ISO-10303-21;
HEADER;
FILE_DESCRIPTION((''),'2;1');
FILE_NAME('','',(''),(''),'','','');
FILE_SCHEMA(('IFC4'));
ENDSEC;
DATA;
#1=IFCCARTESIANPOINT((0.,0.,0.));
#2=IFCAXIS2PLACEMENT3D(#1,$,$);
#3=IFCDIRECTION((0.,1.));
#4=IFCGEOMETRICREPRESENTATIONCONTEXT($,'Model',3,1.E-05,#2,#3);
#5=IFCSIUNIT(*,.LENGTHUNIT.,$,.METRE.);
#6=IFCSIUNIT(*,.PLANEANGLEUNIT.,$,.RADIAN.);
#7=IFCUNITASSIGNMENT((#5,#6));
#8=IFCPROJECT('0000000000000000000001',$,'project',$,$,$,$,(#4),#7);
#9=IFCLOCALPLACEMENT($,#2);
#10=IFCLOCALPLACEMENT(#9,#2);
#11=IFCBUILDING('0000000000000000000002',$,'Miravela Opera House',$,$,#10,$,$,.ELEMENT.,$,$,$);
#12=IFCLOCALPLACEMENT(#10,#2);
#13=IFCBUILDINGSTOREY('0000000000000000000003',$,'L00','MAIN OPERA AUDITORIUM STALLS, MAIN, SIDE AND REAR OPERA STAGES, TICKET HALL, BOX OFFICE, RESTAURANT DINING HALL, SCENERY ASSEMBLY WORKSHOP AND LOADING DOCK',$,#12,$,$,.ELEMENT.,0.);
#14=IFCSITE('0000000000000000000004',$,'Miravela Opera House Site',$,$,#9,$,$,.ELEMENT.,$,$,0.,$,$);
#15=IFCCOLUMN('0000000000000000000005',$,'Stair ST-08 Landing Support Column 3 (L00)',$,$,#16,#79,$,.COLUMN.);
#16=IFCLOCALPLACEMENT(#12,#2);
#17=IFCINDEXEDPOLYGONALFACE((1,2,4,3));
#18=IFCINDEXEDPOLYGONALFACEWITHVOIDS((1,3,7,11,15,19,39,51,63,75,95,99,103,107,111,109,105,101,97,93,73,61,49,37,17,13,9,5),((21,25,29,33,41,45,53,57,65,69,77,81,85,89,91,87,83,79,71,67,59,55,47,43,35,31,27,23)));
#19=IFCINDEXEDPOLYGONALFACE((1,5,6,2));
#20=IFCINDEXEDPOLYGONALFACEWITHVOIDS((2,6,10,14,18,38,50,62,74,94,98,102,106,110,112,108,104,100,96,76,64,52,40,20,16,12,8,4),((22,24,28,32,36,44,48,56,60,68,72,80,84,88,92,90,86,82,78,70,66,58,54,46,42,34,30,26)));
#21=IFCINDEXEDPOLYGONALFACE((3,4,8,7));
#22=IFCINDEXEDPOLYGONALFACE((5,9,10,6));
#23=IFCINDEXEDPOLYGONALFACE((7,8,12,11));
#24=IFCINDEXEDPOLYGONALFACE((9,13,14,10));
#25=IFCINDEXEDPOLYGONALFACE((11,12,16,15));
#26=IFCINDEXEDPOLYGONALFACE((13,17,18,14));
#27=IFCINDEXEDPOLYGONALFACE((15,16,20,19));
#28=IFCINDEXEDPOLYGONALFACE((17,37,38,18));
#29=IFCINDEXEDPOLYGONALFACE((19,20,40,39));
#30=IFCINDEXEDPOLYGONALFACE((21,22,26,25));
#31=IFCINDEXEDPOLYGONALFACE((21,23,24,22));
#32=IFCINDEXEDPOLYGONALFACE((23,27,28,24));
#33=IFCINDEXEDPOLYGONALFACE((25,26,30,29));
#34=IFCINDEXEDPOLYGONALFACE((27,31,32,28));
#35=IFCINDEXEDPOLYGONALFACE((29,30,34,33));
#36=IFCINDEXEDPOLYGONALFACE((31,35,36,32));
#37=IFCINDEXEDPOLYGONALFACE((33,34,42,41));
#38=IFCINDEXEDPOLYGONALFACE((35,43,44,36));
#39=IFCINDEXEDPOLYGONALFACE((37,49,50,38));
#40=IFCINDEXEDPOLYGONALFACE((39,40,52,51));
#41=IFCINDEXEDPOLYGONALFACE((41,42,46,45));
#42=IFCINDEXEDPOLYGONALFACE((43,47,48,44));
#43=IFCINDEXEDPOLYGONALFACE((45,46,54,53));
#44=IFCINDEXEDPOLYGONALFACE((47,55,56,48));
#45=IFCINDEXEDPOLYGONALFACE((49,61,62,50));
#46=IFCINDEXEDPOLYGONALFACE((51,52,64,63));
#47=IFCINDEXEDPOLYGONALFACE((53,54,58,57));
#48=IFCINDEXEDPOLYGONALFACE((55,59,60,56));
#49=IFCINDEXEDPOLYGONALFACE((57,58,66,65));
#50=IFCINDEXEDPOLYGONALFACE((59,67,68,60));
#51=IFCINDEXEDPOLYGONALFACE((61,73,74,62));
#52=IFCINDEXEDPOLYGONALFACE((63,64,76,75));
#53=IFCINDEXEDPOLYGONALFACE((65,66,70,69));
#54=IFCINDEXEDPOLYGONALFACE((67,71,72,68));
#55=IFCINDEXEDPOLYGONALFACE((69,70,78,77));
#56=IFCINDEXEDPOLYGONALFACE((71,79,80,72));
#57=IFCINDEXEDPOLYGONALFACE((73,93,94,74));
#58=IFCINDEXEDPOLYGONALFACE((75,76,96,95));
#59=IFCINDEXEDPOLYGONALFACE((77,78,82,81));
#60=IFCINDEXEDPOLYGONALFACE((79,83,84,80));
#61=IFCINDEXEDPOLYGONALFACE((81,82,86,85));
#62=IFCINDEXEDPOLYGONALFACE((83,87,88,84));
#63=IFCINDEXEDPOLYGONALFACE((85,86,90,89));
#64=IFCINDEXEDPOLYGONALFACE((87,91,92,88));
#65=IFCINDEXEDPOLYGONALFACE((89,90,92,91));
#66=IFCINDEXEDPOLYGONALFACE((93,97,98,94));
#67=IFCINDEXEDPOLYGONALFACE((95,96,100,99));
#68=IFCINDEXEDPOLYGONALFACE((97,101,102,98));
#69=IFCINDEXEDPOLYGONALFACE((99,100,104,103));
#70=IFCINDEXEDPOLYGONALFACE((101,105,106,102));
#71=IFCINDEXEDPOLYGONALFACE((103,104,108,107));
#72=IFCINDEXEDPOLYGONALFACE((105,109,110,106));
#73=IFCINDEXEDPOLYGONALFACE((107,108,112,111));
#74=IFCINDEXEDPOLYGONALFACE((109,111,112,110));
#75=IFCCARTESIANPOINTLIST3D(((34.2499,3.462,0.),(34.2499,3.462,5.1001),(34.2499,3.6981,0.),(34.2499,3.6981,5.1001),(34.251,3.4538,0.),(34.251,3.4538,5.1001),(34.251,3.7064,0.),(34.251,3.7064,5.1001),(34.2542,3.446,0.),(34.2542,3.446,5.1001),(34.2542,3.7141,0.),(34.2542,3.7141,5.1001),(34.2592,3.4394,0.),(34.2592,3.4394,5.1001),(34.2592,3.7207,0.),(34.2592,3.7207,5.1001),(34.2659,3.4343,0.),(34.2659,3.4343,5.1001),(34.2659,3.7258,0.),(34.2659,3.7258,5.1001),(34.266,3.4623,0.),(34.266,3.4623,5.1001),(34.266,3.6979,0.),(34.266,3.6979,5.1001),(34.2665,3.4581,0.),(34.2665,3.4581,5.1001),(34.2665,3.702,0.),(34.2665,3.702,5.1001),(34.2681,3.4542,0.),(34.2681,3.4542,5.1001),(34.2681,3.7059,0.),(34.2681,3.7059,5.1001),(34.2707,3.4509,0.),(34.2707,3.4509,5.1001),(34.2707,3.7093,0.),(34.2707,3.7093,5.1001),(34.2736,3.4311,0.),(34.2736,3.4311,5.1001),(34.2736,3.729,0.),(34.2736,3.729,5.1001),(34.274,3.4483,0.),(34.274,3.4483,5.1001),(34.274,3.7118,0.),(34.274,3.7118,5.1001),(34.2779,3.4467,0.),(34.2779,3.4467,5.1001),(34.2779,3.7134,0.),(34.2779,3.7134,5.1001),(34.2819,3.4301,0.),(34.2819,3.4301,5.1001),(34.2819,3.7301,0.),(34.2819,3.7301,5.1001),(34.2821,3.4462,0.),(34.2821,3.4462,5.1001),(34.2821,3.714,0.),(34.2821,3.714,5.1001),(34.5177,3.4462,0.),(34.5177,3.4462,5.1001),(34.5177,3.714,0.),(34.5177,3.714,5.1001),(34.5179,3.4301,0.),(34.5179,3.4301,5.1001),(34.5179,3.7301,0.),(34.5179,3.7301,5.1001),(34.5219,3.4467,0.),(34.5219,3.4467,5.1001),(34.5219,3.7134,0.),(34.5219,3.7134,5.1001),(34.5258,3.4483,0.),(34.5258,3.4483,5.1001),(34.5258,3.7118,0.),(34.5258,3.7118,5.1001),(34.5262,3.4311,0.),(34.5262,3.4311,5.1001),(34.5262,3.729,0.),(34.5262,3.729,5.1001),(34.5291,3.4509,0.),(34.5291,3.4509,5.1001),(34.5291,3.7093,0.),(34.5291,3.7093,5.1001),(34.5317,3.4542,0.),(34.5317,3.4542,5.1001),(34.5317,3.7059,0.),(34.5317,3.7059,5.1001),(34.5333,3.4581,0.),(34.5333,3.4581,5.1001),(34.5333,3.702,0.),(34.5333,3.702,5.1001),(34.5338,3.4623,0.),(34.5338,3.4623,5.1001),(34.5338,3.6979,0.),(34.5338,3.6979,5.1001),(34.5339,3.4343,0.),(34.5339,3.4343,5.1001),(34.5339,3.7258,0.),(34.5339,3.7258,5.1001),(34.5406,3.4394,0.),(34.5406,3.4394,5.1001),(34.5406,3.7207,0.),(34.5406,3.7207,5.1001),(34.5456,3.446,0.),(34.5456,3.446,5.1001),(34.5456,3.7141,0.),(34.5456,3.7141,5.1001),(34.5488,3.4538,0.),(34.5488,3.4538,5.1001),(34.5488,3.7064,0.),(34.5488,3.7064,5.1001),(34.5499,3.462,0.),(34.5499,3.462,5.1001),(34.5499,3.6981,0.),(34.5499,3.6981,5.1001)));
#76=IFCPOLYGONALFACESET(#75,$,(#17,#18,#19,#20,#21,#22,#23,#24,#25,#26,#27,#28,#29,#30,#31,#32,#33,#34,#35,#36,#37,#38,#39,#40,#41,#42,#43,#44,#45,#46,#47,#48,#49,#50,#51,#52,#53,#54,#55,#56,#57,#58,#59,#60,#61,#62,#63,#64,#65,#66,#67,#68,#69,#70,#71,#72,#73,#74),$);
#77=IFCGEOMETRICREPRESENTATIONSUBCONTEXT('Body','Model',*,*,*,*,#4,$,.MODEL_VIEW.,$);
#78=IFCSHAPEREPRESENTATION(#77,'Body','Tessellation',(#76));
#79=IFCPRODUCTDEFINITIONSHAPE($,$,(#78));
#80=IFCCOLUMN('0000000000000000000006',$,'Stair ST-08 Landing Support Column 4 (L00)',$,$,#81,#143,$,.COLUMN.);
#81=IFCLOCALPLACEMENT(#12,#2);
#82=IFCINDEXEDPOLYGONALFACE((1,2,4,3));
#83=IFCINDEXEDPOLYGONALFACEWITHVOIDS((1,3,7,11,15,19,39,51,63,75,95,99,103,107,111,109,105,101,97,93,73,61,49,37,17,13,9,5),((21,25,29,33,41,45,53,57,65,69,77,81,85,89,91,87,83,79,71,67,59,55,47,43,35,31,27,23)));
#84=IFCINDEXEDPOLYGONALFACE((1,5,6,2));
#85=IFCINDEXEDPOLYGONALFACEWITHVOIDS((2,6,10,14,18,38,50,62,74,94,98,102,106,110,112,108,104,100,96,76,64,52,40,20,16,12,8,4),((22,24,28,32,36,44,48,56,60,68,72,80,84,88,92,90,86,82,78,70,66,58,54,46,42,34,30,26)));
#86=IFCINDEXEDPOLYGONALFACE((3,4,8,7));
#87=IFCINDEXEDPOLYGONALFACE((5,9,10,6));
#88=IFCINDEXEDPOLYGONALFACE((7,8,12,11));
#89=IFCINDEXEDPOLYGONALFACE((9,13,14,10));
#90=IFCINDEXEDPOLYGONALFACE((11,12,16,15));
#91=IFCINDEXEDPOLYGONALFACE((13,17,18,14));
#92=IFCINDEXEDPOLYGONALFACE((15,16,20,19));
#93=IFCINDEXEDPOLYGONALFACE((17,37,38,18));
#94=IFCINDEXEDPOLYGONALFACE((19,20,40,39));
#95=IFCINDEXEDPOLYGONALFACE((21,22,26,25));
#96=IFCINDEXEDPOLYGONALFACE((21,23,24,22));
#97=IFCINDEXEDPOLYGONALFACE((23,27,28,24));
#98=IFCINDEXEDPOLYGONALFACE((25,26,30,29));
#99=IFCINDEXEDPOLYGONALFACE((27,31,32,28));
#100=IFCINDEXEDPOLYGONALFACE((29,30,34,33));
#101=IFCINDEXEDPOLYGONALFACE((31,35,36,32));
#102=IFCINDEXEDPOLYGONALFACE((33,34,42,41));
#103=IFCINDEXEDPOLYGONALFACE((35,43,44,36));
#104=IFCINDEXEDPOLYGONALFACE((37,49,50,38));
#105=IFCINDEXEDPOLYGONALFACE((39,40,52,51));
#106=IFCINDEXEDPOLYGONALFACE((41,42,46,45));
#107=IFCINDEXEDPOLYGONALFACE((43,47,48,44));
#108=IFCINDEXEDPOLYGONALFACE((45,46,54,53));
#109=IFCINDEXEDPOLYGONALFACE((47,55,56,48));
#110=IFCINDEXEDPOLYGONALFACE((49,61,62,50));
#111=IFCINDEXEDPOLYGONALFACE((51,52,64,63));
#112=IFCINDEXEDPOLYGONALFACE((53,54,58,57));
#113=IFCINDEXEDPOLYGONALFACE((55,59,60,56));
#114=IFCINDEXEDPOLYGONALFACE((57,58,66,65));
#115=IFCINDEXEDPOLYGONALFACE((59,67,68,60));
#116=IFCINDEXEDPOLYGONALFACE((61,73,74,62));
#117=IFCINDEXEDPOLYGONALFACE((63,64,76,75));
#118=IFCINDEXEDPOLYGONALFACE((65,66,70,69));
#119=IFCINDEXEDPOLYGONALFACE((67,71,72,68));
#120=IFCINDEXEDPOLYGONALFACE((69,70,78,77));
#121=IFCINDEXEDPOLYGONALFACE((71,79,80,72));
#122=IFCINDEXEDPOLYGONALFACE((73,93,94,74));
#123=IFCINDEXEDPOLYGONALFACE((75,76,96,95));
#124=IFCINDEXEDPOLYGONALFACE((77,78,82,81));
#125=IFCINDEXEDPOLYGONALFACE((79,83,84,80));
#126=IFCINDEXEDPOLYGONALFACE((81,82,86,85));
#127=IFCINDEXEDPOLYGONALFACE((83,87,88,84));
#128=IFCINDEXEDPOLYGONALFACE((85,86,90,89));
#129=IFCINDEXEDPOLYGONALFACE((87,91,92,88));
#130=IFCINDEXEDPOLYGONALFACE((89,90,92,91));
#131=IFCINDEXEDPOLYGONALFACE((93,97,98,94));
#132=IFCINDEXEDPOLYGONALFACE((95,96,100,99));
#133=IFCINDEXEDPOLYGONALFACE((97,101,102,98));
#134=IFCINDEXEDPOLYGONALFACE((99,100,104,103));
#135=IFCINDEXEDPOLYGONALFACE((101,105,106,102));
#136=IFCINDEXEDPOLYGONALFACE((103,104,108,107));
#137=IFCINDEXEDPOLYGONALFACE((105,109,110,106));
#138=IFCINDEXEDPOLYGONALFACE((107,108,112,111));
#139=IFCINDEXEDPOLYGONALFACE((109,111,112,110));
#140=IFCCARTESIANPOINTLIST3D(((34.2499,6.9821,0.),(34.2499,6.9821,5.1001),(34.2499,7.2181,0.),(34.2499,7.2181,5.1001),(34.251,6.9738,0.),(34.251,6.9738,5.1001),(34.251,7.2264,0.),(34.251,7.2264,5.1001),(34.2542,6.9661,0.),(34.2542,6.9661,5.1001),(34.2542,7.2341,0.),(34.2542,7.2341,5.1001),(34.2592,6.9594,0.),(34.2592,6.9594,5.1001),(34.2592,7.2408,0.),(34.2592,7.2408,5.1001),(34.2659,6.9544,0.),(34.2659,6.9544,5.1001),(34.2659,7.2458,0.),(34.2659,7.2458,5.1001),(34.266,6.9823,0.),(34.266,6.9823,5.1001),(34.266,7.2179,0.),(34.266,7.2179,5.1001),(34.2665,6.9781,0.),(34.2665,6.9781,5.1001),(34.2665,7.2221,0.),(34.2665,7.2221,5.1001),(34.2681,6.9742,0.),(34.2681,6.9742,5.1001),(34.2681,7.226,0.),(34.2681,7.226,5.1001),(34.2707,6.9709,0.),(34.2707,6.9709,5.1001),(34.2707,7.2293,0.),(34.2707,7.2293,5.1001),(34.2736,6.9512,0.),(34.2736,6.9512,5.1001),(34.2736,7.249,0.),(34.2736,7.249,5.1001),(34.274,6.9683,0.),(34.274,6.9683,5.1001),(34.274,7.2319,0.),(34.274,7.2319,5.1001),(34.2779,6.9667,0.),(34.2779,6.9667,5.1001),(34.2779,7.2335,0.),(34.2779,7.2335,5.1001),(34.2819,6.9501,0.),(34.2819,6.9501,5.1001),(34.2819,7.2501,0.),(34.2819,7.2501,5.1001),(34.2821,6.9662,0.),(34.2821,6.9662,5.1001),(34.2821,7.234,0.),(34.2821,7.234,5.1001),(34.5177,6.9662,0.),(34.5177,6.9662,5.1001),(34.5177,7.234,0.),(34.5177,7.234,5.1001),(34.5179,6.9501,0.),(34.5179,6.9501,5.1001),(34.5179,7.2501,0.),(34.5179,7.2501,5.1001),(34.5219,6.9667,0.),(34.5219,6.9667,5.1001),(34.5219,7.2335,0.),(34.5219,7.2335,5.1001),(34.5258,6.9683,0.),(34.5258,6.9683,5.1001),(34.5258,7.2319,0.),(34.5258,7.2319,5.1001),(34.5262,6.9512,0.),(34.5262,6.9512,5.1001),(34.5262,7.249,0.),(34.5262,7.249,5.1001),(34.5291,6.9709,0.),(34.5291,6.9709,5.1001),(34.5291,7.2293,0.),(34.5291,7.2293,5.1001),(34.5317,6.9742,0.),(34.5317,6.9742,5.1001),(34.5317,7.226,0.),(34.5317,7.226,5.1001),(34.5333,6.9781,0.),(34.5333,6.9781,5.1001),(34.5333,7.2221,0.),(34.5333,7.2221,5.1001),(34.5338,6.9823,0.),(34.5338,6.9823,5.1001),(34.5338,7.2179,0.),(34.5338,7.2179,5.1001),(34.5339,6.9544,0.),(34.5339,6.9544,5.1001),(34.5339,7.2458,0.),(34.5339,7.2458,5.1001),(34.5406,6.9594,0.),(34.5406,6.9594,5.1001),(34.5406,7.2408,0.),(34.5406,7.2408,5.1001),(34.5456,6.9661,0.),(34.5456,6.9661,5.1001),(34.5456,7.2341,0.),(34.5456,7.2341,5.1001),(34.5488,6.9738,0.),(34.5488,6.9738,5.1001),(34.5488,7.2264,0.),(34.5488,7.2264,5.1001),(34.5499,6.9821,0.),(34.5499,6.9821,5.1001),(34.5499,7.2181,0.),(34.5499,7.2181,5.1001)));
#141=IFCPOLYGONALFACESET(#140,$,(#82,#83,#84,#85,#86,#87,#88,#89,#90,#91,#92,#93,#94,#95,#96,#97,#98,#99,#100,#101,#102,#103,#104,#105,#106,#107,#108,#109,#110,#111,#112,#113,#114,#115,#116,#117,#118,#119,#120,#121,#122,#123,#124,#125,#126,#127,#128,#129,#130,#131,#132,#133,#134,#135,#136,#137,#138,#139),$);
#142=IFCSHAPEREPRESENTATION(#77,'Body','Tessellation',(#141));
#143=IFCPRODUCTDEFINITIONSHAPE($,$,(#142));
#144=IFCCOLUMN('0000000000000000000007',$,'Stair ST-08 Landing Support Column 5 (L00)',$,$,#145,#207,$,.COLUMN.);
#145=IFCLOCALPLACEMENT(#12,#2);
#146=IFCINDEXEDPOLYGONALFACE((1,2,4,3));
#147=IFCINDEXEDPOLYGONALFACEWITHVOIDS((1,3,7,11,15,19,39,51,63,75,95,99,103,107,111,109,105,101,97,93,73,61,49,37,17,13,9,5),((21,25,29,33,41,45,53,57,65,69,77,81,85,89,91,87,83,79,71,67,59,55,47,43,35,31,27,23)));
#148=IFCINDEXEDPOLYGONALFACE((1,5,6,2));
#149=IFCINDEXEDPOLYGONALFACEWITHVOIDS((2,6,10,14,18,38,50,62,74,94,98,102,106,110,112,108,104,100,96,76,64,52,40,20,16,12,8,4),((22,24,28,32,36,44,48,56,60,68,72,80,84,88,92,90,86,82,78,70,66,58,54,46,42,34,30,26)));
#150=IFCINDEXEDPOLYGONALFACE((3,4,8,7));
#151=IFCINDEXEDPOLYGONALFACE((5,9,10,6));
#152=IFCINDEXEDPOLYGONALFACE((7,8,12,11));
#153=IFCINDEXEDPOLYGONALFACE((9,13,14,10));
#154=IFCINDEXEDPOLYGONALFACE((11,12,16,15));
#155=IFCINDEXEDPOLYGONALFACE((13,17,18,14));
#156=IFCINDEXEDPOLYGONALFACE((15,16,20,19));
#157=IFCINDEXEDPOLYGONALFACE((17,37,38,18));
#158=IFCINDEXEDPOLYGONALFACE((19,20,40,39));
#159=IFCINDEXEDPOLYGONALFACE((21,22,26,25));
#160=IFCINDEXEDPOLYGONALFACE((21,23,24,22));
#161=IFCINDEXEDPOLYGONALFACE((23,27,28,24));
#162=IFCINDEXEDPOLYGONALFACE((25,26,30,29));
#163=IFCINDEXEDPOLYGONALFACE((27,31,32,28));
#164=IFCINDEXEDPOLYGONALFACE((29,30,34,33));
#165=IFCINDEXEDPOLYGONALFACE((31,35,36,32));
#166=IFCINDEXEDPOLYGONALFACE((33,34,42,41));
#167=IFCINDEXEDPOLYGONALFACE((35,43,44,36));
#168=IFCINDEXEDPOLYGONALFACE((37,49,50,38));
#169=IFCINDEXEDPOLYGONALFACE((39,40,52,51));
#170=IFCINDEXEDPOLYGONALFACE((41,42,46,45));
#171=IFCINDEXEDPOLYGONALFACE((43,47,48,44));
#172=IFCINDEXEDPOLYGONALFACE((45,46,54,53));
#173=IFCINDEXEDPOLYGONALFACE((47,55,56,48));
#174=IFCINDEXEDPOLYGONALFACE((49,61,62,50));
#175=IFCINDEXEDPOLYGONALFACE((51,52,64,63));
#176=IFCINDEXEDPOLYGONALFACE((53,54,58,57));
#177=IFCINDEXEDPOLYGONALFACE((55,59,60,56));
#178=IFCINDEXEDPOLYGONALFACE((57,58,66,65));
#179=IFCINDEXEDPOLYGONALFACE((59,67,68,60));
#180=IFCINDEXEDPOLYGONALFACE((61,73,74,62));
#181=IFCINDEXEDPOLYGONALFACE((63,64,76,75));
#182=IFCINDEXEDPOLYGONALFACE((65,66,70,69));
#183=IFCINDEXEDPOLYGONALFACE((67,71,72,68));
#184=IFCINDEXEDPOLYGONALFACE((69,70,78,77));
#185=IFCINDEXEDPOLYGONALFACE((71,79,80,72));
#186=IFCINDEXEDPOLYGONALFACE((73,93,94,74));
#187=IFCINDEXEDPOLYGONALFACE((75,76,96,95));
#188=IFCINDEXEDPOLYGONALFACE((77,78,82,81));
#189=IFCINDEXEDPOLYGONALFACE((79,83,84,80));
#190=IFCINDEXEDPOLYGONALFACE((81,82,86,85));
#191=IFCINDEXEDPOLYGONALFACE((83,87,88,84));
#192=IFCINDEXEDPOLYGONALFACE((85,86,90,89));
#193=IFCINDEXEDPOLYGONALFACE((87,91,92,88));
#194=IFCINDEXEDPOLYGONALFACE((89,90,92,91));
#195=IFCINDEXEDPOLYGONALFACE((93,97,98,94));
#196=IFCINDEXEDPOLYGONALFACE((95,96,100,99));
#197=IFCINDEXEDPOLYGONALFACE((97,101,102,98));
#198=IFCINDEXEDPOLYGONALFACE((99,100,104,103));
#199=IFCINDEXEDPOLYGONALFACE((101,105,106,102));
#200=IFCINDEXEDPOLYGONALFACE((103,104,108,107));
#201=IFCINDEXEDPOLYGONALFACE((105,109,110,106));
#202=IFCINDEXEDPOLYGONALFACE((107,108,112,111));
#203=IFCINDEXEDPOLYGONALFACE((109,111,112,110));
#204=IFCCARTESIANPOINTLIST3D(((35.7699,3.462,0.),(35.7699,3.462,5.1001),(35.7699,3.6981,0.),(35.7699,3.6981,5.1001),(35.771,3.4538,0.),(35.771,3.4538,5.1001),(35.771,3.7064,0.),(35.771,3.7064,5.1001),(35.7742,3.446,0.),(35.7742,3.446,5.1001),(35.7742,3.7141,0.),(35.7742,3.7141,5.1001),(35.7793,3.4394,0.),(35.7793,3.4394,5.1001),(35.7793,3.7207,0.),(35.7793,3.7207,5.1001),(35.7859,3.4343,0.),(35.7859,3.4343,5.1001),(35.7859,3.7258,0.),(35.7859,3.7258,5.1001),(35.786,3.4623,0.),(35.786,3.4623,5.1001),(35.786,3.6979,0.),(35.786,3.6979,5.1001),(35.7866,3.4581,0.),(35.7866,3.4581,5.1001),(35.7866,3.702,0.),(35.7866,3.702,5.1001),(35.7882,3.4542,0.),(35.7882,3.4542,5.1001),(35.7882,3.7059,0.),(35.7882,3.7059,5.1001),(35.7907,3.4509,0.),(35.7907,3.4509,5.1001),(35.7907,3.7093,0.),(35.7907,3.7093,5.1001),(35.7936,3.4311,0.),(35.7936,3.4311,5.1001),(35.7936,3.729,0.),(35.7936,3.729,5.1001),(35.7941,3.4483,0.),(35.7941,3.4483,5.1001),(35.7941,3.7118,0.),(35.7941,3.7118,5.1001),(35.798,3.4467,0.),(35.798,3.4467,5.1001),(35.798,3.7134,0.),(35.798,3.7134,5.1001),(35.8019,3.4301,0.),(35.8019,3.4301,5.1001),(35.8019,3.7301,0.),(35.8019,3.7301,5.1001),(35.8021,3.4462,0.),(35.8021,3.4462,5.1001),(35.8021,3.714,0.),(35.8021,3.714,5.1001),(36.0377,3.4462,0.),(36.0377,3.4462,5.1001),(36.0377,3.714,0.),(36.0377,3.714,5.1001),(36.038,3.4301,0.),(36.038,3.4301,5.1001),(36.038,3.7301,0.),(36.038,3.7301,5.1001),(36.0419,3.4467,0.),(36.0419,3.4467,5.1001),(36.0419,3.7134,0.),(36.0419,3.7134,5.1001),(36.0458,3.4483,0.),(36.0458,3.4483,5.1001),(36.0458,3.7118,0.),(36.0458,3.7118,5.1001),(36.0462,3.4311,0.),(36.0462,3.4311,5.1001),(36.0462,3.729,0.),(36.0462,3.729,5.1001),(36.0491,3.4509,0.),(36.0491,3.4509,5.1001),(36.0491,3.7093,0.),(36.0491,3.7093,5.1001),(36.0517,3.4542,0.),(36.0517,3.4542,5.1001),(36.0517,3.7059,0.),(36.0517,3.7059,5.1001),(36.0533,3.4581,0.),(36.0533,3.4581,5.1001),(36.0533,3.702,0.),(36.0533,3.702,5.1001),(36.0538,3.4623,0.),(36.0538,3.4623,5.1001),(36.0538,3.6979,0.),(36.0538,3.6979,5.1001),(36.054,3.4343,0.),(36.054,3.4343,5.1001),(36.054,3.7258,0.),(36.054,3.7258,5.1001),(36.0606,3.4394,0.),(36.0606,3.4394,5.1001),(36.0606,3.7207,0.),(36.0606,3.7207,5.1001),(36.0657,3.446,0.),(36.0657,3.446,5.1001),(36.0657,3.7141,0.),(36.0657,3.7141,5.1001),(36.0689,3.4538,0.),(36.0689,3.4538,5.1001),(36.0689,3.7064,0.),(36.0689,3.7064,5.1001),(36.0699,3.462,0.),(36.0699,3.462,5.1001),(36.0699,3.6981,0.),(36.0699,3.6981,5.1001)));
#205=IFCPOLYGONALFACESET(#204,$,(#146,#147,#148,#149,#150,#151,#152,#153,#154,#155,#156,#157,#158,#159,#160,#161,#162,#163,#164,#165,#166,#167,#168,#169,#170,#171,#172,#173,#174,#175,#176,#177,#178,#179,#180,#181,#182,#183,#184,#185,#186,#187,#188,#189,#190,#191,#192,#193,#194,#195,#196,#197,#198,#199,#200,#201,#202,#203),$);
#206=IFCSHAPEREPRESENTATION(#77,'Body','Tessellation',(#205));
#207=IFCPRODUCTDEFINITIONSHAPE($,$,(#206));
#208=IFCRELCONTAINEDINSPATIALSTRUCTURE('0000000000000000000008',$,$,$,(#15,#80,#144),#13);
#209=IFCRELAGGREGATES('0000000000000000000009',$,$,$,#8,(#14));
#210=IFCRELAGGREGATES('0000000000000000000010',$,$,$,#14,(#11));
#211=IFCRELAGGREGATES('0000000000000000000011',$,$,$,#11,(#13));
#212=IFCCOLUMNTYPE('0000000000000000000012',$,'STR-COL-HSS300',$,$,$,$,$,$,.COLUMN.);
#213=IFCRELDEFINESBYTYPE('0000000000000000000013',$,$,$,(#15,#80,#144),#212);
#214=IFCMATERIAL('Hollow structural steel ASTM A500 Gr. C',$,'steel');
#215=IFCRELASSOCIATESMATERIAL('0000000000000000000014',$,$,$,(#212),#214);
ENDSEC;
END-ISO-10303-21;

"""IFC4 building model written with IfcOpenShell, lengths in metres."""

from ifc_helpers import new_model, si_unit, direction, frame, origin, origin_2d, place, context, subcontext, project, spatial, hollow_rectangle, extrude, material, material_profile, profile_set, type_object, element, save


model = new_model("IFC4")

# Units and contexts
model_context = context("Model", 3, precision=1e-05, world=origin(), true_north=direction((0.0, 1.0)))
body_context = subcontext(model_context, "Body", "Model", "MODEL_VIEW")
ifc_project = project(units=[si_unit("LENGTHUNIT", "METRE"), si_unit("PLANEANGLEUNIT", "RADIAN")], contexts=[model_context])

# Site, building, storey
site_placement = place(None, origin())
site = spatial("IfcSite", under=ifc_project, at=site_placement, Name="Miravela Opera House Site", CompositionType="ELEMENT", RefElevation=0.0)
building_placement = place(site_placement, origin())
building = spatial("IfcBuilding", under=site, at=building_placement, Name="Miravela Opera House", CompositionType="ELEMENT")
storey_placement = place(building_placement, origin())
storey = spatial("IfcBuildingStorey", under=building, at=storey_placement, Name="L00", Description="MAIN OPERA AUDITORIUM STALLS, MAIN, SIDE AND REAR OPERA STAGES, TICKET HALL, BOX OFFICE, RESTAURANT DINING HALL, SCENERY ASSEMBLY WORKSHOP AND LOADING DOCK", CompositionType="ELEMENT", Elevation=0.0)

# Columns
ifc_material_1 = material(Name="Hollow structural steel ASTM A500 Gr. C", Category="steel")
ifc_material_profile_1 = material_profile(ifc_material_1, hollow_rectangle(XDim=0.3, YDim=0.3, WallThickness=0.0161, InnerFilletRadius=0.0161, OuterFilletRadius=0.032, at=origin_2d()), Name="HSS300X300X16")
ifc_profile_set_1 = profile_set([ifc_material_profile_1])
column_type_1 = type_object("IfcColumnType", Name="STR-COL-HSS300", PredefinedType="COLUMN", material=ifc_profile_set_1)
for number, where, z_axis, x_axis, name in (
    (1, (34.3999, 3.5801, 0.0), (0.0, 0.0, 1.0), (1.0, 0.0, 0.0), "Stair ST-08 Landing Support Column 3 (L00)"),
    (2, (34.3999, 7.1001, 0.0), (0.0, 0.0, 1.0), (1.0, 0.0, 0.0), "Stair ST-08 Landing Support Column 4 (L00)"),
    (3, (35.9199, 3.5801, 0.0), (0.0, 0.0, 1.0), (1.0, 0.0, 0.0), "Stair ST-08 Landing Support Column 5 (L00)"),
):
    element("IfcColumn", number, at=place(storey_placement, frame(where, z_axis=z_axis, x_axis=x_axis)), inside=storey, type_object=column_type_1, Name=name, PredefinedType="COLUMN", context=body_context, shape_type="SweptSolid", body=[
        extrude(hollow_rectangle(XDim=0.3, YDim=0.3, WallThickness=0.0161, InnerFilletRadius=0.0161, OuterFilletRadius=0.032, at=origin_2d()), origin(), (0.0, 0.0, 1.0), 5.1001),
    ])

save(model, "model.ifc")
